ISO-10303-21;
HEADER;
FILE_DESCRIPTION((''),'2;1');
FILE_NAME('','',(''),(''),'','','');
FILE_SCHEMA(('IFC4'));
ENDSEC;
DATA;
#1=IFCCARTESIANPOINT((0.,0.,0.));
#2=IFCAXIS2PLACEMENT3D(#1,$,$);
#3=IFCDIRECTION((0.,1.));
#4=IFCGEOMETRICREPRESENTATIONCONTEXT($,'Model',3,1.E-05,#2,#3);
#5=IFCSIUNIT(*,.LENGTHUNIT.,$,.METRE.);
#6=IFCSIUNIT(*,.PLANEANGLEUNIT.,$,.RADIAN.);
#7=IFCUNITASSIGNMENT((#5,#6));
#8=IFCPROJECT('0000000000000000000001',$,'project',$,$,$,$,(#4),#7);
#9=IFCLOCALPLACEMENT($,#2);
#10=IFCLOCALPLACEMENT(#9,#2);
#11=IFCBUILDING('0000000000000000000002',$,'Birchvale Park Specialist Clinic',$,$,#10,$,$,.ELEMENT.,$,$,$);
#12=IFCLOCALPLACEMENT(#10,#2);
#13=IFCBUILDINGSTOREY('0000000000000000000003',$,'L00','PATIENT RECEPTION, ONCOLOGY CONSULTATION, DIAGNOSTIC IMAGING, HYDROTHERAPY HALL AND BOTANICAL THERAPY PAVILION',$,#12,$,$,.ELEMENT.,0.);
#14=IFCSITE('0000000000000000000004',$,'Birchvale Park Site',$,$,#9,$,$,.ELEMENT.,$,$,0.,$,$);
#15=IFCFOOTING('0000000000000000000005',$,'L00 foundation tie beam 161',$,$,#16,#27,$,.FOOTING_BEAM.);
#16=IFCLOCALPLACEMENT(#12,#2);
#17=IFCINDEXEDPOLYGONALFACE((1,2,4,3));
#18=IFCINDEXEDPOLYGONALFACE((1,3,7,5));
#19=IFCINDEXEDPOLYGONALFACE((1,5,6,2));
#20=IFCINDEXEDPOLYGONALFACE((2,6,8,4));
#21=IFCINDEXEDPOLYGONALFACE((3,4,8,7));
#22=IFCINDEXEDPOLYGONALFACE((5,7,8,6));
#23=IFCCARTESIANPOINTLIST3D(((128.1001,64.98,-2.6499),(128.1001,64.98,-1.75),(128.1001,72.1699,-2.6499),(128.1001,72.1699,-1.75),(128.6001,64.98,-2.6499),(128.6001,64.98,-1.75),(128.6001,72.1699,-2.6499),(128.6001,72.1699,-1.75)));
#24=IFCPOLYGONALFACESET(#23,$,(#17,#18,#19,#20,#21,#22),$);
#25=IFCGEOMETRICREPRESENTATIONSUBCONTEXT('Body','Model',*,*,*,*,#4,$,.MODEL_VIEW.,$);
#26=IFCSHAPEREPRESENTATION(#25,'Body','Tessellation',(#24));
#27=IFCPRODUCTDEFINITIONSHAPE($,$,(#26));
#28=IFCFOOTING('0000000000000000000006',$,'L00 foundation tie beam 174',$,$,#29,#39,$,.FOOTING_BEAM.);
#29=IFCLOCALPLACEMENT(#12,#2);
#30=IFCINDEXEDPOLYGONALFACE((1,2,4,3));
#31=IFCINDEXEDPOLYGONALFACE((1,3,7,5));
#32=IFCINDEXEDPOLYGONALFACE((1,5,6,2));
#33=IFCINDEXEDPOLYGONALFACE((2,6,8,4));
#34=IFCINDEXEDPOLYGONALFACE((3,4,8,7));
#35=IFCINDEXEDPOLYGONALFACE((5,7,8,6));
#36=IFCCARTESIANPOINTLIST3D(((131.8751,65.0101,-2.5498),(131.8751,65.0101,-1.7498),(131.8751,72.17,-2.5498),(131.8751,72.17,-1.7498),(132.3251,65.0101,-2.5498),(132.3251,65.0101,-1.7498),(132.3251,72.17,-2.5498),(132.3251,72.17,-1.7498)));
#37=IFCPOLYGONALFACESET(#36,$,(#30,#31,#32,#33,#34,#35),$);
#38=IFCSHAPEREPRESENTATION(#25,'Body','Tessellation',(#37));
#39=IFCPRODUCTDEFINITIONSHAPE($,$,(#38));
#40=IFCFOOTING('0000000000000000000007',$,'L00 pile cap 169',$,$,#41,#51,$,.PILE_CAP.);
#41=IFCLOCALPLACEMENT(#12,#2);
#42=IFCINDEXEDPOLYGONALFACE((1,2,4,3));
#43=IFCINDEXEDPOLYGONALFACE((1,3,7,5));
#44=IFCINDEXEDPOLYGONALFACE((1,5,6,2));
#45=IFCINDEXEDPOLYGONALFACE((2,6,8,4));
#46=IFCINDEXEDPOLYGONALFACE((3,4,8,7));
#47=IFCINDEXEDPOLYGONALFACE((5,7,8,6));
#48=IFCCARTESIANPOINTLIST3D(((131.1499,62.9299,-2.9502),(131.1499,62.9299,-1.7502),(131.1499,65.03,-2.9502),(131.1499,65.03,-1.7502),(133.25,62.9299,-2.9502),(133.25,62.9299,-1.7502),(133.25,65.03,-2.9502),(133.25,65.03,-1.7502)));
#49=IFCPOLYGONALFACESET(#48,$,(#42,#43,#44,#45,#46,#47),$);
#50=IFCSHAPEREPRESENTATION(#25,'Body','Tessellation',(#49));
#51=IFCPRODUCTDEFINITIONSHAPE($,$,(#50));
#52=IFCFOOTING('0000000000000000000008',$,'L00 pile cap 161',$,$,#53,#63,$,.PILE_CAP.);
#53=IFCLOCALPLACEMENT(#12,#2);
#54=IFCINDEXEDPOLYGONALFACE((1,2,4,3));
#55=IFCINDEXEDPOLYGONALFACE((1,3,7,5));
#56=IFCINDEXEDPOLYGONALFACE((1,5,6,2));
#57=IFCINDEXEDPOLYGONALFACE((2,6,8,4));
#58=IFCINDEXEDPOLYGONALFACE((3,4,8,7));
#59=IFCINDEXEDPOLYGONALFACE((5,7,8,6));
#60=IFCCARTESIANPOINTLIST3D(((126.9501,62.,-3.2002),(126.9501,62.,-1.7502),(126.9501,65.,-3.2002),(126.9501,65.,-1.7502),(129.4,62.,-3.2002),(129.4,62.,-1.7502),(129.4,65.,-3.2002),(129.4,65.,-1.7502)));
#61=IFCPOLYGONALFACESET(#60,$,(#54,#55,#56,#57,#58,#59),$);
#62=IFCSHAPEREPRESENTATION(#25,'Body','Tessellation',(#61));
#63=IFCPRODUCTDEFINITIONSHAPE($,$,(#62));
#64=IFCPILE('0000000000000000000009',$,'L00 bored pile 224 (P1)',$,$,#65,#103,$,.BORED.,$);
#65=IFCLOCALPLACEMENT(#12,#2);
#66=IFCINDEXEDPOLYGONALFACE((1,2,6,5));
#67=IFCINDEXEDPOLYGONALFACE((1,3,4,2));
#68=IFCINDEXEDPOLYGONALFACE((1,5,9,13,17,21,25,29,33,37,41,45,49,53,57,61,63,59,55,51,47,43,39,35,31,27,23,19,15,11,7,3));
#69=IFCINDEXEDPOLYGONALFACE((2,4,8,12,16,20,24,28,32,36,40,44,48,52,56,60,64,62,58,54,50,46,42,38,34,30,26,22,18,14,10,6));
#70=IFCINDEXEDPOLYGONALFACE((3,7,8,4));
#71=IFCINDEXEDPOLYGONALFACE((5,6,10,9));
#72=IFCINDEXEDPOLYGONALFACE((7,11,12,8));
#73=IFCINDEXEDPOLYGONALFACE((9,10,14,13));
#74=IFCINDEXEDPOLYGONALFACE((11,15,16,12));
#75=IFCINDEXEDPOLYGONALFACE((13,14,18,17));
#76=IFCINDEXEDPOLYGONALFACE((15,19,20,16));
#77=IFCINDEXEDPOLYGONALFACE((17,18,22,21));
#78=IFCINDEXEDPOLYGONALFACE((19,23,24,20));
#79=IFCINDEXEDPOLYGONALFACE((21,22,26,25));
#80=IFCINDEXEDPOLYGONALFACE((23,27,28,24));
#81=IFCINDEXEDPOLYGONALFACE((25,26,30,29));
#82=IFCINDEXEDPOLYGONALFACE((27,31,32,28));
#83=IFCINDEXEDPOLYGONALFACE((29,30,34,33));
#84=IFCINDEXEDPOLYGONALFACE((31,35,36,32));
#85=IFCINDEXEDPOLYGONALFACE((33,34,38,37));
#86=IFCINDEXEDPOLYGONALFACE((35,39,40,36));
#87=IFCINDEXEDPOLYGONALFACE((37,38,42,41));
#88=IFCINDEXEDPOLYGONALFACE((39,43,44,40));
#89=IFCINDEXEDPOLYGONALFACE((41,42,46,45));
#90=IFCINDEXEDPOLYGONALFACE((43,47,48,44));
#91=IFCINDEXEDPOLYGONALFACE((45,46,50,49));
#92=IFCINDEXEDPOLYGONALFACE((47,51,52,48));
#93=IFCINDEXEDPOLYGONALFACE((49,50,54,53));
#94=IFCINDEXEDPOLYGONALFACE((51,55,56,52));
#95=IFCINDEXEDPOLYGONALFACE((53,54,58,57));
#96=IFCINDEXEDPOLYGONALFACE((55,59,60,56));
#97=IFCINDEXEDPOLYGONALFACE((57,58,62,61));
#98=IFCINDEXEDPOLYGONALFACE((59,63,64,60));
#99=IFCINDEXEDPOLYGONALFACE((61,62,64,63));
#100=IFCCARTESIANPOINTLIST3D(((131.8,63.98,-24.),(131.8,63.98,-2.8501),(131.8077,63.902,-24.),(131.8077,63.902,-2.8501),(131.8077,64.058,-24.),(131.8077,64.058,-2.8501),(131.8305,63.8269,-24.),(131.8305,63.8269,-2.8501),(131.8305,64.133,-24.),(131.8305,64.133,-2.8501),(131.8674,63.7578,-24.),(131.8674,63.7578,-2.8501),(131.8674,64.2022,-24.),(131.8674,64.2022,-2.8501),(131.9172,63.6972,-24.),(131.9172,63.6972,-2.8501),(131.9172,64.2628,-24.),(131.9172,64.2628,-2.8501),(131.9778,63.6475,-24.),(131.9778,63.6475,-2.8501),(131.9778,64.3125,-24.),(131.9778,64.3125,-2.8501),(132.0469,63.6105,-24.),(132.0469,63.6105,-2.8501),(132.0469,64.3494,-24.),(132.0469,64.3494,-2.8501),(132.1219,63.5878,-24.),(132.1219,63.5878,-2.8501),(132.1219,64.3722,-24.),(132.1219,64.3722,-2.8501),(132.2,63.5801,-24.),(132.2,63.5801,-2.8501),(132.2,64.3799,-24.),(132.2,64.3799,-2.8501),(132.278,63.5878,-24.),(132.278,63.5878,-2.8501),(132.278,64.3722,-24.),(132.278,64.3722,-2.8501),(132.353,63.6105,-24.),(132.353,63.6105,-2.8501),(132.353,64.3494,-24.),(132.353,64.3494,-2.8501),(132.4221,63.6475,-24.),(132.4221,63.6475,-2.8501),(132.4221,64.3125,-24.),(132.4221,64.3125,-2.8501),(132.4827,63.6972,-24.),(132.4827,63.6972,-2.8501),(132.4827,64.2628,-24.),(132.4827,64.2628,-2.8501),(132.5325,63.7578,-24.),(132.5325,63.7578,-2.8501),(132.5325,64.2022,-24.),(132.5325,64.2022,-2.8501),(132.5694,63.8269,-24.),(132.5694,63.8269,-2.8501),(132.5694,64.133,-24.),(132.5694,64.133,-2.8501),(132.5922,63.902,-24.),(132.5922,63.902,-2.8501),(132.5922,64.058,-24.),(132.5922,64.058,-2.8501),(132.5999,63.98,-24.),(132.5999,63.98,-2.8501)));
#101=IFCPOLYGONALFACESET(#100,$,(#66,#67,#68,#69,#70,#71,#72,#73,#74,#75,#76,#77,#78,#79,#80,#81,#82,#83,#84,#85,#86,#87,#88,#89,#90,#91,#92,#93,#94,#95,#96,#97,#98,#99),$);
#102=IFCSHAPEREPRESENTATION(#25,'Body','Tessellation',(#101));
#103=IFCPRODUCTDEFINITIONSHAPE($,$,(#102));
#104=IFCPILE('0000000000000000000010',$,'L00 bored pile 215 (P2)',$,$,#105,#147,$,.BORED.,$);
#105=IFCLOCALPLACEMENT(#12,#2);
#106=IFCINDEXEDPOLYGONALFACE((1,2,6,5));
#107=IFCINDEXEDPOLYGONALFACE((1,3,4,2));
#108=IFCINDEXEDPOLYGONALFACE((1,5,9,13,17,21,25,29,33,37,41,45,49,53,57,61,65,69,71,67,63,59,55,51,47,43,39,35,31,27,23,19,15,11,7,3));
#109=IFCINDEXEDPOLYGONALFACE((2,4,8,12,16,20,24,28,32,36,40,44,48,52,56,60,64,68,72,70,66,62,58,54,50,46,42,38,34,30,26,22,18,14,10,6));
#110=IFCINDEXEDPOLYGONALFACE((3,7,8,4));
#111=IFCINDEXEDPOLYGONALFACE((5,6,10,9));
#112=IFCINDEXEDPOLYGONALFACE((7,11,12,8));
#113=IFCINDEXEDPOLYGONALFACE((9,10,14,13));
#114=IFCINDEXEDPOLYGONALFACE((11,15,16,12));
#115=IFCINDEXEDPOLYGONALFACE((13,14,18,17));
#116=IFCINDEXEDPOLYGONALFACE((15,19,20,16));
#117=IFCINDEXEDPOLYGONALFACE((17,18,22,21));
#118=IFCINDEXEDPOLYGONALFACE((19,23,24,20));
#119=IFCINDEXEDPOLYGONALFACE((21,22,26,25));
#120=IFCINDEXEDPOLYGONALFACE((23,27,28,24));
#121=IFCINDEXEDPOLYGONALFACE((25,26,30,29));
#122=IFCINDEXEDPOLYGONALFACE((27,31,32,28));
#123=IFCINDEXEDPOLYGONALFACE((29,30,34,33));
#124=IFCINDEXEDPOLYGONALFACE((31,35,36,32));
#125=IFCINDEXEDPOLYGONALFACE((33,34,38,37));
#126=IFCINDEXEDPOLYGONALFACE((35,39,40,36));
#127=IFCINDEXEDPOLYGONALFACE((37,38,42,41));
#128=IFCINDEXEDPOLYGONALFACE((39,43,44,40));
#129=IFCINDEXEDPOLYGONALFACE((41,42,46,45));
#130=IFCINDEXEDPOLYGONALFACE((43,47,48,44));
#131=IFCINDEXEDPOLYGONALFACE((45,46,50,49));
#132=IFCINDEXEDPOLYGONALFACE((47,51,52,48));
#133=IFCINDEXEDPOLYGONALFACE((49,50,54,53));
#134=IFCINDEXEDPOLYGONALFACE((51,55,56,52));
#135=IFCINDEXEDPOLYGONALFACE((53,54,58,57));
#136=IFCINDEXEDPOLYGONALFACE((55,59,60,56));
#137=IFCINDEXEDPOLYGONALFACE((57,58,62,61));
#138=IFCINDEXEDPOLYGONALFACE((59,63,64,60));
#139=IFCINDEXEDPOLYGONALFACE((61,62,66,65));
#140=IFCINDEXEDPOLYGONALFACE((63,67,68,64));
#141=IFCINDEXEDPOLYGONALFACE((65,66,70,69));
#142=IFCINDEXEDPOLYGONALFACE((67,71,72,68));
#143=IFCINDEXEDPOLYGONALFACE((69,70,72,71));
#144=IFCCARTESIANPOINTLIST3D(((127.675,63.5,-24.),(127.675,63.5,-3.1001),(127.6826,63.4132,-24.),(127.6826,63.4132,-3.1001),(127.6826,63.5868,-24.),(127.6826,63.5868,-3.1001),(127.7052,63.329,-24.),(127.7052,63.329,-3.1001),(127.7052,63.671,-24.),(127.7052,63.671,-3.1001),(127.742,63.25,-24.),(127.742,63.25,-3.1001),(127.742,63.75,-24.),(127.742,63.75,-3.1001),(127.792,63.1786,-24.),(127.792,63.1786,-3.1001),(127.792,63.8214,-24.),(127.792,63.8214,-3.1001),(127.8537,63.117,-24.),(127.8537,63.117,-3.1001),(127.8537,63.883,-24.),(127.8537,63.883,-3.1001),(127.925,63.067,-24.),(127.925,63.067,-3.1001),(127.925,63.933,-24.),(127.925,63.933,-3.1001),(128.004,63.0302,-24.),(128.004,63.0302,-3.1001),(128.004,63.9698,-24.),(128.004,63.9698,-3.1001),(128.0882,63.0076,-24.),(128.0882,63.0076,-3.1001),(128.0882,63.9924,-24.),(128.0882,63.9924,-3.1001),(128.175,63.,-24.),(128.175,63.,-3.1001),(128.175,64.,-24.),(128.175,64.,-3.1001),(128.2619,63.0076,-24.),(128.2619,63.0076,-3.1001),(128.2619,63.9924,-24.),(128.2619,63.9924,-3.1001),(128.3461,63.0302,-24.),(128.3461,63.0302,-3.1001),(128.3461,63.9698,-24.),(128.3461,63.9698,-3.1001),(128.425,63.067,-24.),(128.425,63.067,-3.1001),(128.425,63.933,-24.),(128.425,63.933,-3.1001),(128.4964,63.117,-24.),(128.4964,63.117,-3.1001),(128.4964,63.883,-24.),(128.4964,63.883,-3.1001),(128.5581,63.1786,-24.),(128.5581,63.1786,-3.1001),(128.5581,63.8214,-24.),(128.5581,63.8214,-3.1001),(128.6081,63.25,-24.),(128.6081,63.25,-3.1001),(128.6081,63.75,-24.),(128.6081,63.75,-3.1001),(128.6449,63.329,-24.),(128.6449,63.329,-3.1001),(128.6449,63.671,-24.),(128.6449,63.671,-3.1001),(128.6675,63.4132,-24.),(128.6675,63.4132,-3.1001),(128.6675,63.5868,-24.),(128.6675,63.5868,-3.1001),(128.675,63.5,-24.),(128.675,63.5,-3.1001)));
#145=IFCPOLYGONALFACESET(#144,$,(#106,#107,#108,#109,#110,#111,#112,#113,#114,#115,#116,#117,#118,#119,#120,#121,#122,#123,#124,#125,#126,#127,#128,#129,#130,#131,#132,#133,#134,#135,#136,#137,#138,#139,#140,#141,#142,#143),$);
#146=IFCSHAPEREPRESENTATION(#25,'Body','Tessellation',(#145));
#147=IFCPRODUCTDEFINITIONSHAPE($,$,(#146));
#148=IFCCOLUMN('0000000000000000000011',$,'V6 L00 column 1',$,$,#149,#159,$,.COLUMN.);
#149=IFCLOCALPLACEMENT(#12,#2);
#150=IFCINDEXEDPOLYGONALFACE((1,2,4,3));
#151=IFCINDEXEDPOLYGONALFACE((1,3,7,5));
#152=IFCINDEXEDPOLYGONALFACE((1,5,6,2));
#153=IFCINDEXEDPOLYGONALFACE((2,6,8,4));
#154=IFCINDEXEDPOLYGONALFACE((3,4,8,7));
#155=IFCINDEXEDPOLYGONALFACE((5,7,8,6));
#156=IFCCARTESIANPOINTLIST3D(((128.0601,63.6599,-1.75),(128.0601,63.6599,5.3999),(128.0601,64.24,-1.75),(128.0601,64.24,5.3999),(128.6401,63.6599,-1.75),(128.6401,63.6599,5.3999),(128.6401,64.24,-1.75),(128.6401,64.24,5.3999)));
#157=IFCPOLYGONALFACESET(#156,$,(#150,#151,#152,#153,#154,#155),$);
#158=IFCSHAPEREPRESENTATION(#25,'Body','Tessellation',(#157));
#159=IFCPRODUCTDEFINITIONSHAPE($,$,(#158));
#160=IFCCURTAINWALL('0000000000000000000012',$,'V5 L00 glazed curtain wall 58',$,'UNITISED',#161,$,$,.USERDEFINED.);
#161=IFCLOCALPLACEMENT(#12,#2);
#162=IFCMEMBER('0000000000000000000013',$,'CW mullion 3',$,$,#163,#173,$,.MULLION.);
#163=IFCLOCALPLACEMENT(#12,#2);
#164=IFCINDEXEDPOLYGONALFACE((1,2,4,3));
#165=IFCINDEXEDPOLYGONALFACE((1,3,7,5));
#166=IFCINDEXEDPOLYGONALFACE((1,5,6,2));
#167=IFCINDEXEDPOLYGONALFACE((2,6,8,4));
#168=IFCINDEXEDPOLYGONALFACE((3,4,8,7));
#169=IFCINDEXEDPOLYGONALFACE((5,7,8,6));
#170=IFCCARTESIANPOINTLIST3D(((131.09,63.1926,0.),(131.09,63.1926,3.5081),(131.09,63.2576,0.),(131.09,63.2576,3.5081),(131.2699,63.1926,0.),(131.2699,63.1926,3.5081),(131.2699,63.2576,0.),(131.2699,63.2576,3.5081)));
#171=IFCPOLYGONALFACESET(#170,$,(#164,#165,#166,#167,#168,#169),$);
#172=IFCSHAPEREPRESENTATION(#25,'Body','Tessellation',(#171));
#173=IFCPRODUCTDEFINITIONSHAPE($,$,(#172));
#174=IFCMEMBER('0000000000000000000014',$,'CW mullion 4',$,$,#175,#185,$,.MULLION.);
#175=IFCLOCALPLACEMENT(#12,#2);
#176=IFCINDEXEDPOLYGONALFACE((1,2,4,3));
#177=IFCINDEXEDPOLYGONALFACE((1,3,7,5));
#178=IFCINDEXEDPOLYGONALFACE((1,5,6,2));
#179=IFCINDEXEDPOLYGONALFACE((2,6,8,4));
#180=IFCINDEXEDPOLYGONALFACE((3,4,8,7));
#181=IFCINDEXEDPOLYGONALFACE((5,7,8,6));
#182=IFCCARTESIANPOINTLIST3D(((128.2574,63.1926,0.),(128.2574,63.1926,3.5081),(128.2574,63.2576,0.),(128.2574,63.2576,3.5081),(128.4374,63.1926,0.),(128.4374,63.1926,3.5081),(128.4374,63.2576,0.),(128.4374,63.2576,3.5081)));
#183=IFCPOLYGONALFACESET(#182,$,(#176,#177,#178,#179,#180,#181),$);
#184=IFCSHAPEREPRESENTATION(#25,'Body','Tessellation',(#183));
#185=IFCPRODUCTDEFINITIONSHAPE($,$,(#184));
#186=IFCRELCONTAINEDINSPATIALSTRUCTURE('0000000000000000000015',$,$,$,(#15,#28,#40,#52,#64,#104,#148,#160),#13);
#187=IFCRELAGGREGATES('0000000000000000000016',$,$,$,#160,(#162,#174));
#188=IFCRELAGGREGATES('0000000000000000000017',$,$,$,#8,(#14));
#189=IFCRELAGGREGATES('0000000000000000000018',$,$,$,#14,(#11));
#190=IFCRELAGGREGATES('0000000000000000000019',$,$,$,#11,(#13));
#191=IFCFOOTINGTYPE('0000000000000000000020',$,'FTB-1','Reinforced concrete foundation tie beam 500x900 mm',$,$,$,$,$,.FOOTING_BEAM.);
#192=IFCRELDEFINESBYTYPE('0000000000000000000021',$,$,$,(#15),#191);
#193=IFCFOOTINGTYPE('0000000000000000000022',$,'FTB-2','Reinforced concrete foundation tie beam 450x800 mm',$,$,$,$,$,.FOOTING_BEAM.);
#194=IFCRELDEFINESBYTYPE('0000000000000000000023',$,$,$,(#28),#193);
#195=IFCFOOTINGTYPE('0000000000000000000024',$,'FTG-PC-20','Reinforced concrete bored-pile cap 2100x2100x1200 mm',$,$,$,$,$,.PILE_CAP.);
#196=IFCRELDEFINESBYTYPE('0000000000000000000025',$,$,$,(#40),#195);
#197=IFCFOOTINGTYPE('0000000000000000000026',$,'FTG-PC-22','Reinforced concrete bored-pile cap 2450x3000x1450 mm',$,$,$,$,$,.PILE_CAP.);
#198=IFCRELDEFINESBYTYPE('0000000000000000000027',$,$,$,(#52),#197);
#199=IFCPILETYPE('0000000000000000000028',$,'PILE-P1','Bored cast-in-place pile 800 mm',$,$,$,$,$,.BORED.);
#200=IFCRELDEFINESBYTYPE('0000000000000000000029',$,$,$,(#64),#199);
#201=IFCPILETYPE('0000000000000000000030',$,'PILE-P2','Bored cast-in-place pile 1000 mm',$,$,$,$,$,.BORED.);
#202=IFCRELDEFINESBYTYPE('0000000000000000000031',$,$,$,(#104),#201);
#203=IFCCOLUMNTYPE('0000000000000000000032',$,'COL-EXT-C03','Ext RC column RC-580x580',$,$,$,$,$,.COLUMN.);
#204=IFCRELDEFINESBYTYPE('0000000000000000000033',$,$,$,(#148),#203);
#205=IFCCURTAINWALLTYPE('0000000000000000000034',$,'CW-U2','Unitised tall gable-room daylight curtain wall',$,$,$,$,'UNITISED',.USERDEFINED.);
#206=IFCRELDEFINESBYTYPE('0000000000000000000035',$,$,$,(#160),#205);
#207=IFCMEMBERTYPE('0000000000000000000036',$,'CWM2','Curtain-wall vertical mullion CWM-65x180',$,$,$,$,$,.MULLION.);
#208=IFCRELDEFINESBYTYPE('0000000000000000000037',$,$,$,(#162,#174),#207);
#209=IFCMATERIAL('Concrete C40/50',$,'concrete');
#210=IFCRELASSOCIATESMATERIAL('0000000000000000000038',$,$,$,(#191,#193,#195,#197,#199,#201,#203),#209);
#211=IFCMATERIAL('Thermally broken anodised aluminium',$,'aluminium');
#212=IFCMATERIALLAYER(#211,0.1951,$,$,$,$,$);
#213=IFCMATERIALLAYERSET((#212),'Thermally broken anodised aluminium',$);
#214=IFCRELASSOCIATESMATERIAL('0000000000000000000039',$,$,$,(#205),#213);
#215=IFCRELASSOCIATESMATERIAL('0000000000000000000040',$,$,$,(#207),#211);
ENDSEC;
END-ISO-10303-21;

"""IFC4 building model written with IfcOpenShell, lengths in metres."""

from ifc_helpers import new_model, si_unit, direction, frame, origin, origin_2d, place, context, subcontext, project, spatial, rectangle, circle, extrude, material, layer, layer_set, material_profile, profile_set, type_object, element, aggregate, save


model = new_model("IFC4")

# Units and contexts
model_context = context("Model", 3, precision=1e-05, world=origin(), true_north=direction((0.0, 1.0)))
body_context = subcontext(model_context, "Body", "Model", "MODEL_VIEW")
ifc_project = project(units=[si_unit("LENGTHUNIT", "METRE"), si_unit("PLANEANGLEUNIT", "RADIAN")], contexts=[model_context])

# Site, building, storey
site_placement = place(None, origin())
site = spatial("IfcSite", under=ifc_project, at=site_placement, Name="Birchvale Park Site", CompositionType="ELEMENT", RefElevation=0.0)
building_placement = place(site_placement, origin())
building = spatial("IfcBuilding", under=site, at=building_placement, Name="Birchvale Park Specialist Clinic", CompositionType="ELEMENT")
storey_placement = place(building_placement, origin())
storey = spatial("IfcBuildingStorey", under=building, at=storey_placement, Name="L00", Description="PATIENT RECEPTION, ONCOLOGY CONSULTATION, DIAGNOSTIC IMAGING, HYDROTHERAPY HALL AND BOTANICAL THERAPY PAVILION", CompositionType="ELEMENT", Elevation=0.0)

# Footings
ifc_material_1 = material(Name="Concrete C40/50", Category="concrete")
footing_type_1 = type_object("IfcFootingType", Name="FTB-1", Description="Reinforced concrete foundation tie beam 500x900 mm", PredefinedType="FOOTING_BEAM", material=ifc_material_1)
footing_1_placement = place(storey_placement, frame((128.3501, 68.575, -2.6499), z_axis=(0.0, 0.0, 1.0), x_axis=(1.0, 0.0, 0.0)))
element("IfcFooting", 1, at=footing_1_placement, inside=storey, type_object=footing_type_1, Name="L00 foundation tie beam 161", PredefinedType="FOOTING_BEAM", context=body_context, shape_type="SweptSolid", body=[
    extrude(rectangle(XDim=0.5, YDim=7.1899, at=origin_2d()), origin(), (0.0, 0.0, 1.0), 0.8999),
])
footing_type_2 = type_object("IfcFootingType", Name="FTB-2", Description="Reinforced concrete foundation tie beam 450x800 mm", PredefinedType="FOOTING_BEAM", material=ifc_material_1)
footing_2_placement = place(storey_placement, frame((132.1001, 68.5901, -2.5498), z_axis=(0.0, 0.0, 1.0), x_axis=(1.0, 0.0, 0.0)))
element("IfcFooting", 2, at=footing_2_placement, inside=storey, type_object=footing_type_2, Name="L00 foundation tie beam 174", PredefinedType="FOOTING_BEAM", context=body_context, shape_type="SweptSolid", body=[
    extrude(rectangle(XDim=0.45, YDim=7.1599, at=origin_2d()), origin(), (0.0, 0.0, 1.0), 0.8),
])
footing_type_3 = type_object("IfcFootingType", Name="FTG-PC-20", Description="Reinforced concrete bored-pile cap 2100x2100x1200 mm", PredefinedType="PILE_CAP", material=ifc_material_1)
footing_3_placement = place(storey_placement, frame((132.2, 63.98, -2.9502), z_axis=(0.0, 0.0, 1.0), x_axis=(1.0, 0.0, 0.0)))
element("IfcFooting", 3, at=footing_3_placement, inside=storey, type_object=footing_type_3, Name="L00 pile cap 169", PredefinedType="PILE_CAP", context=body_context, shape_type="SweptSolid", body=[
    extrude(rectangle(XDim=2.1001, YDim=2.1001, at=origin_2d()), origin(), (0.0, 0.0, 1.0), 1.2),
])
footing_type_4 = type_object("IfcFootingType", Name="FTG-PC-22", Description="Reinforced concrete bored-pile cap 2450x3000x1450 mm", PredefinedType="PILE_CAP", material=ifc_material_1)
footing_4_placement = place(storey_placement, frame((128.175, 63.5, -3.2002), z_axis=(0.0, 0.0, 1.0), x_axis=(1.0, 0.0, 0.0)))
element("IfcFooting", 4, at=footing_4_placement, inside=storey, type_object=footing_type_4, Name="L00 pile cap 161", PredefinedType="PILE_CAP", context=body_context, shape_type="SweptSolid", body=[
    extrude(rectangle(XDim=2.45, YDim=3.0, at=origin_2d()), origin(), (0.0, 0.0, 1.0), 1.45),
])

# Piles
ifc_material_profile_1 = material_profile(ifc_material_1, circle(Radius=0.3999, at=origin_2d()), Name="PILE-800")
ifc_profile_set_1 = profile_set([ifc_material_profile_1], Name="Concrete C40/50")
pile_type_1 = type_object("IfcPileType", Name="PILE-P1", Description="Bored cast-in-place pile 800 mm", PredefinedType="BORED", material=ifc_profile_set_1)
pile_1_placement = place(storey_placement, frame((132.2, 63.98, -2.8501), z_axis=(0.0, 0.0, -1.0), x_axis=(1.0, 0.0, 0.0)))
element("IfcPile", 5, at=pile_1_placement, inside=storey, type_object=pile_type_1, Name="L00 bored pile 224 (P1)", PredefinedType="BORED", context=body_context, shape_type="SweptSolid", body=[
    extrude(circle(Radius=0.3999, at=origin_2d()), origin(), (0.0, 0.0, 1.0), 21.1499),
])
ifc_material_profile_2 = material_profile(ifc_material_1, circle(Radius=0.5, at=origin_2d()), Name="PILE-1000")
ifc_profile_set_2 = profile_set([ifc_material_profile_2], Name="Concrete C40/50")
pile_type_2 = type_object("IfcPileType", Name="PILE-P2", Description="Bored cast-in-place pile 1000 mm", PredefinedType="BORED", material=ifc_profile_set_2)
pile_2_placement = place(storey_placement, frame((128.175, 63.5, -3.1001), z_axis=(0.0, 0.0, -1.0), x_axis=(1.0, 0.0, 0.0)))
element("IfcPile", 6, at=pile_2_placement, inside=storey, type_object=pile_type_2, Name="L00 bored pile 215 (P2)", PredefinedType="BORED", context=body_context, shape_type="SweptSolid", body=[
    extrude(circle(Radius=0.5, at=origin_2d()), origin(), (0.0, 0.0, 1.0), 20.8999),
])

# Column
ifc_material_profile_3 = material_profile(ifc_material_1, rectangle(XDim=0.5801, YDim=0.5801, at=origin_2d()), Name="RC-580x580")
ifc_profile_set_3 = profile_set([ifc_material_profile_3], Name="Concrete C40/50")
column_type = type_object("IfcColumnType", Name="COL-EXT-C03", Description="Ext RC column RC-580x580", PredefinedType="COLUMN", material=ifc_profile_set_3)
column_placement = place(storey_placement, frame((128.3501, 63.95, -1.75), z_axis=(0.0, 0.0, 1.0), x_axis=(1.0, 0.0, 0.0)))
element("IfcColumn", 7, at=column_placement, inside=storey, type_object=column_type, Name="V6 L00 column 1", PredefinedType="COLUMN", context=body_context, shape_type="SweptSolid", body=[
    extrude(rectangle(XDim=0.5801, YDim=0.5801, at=origin_2d()), origin(), (0.0, 0.0, 1.0), 7.1499),
])

# Curtain wall, members
ifc_material_2 = material(Name="Thermally broken anodised aluminium", Category="aluminium")
ifc_layer_1 = layer(ifc_material_2, 0.1951)
ifc_layer_set_1 = layer_set([ifc_layer_1], Name="Thermally broken anodised aluminium")
curtain_wall_type_1 = type_object("IfcCurtainWallType", Name="CW-U2", Description="Unitised tall gable-room daylight curtain wall", ElementType="UNITISED", PredefinedType="USERDEFINED", material=ifc_layer_set_1)
curtain_wall_1_placement = place(storey_placement, origin())
curtain_wall_1 = element("IfcCurtainWall", 8, at=curtain_wall_1_placement, inside=storey, type_object=curtain_wall_type_1, Name="V5 L00 glazed curtain wall 58", ObjectType="UNITISED", PredefinedType="USERDEFINED")
ifc_material_profile_4 = material_profile(ifc_material_2, rectangle(XDim=0.0649, YDim=0.1799, at=origin_2d()), Name="CWM-65x180")
ifc_profile_set_4 = profile_set([ifc_material_profile_4], Name="Thermally broken anodised aluminium")
member_type_1 = type_object("IfcMemberType", Name="CWM2", Description="Curtain-wall vertical mullion CWM-65x180", PredefinedType="MULLION", material=ifc_profile_set_4)
member_1_placement = place(storey_placement, frame((131.1799, 63.2251, 0.0), z_axis=(0.0, 0.0, 1.0), x_axis=(0.0, -1.0, 0.0)))
member_1 = element("IfcMember", 9, at=member_1_placement, type_object=member_type_1, Name="CW mullion 3", PredefinedType="MULLION", context=body_context, shape_type="SweptSolid", body=[
    extrude(rectangle(XDim=0.0649, YDim=0.1799, at=origin_2d()), origin(), (0.0, 0.0, 1.0), 3.5081),
])
member_2_placement = place(storey_placement, frame((128.3474, 63.2251, 0.0), z_axis=(0.0, 0.0, 1.0), x_axis=(0.0, -1.0, 0.0)))
member_2 = element("IfcMember", 10, at=member_2_placement, type_object=member_type_1, Name="CW mullion 4", PredefinedType="MULLION", context=body_context, shape_type="SweptSolid", body=[
    extrude(rectangle(XDim=0.0649, YDim=0.1799, at=origin_2d()), origin(), (0.0, 0.0, 1.0), 3.5081),
])

aggregate(curtain_wall_1, [member_1, member_2])

save(model, "model.ifc")
